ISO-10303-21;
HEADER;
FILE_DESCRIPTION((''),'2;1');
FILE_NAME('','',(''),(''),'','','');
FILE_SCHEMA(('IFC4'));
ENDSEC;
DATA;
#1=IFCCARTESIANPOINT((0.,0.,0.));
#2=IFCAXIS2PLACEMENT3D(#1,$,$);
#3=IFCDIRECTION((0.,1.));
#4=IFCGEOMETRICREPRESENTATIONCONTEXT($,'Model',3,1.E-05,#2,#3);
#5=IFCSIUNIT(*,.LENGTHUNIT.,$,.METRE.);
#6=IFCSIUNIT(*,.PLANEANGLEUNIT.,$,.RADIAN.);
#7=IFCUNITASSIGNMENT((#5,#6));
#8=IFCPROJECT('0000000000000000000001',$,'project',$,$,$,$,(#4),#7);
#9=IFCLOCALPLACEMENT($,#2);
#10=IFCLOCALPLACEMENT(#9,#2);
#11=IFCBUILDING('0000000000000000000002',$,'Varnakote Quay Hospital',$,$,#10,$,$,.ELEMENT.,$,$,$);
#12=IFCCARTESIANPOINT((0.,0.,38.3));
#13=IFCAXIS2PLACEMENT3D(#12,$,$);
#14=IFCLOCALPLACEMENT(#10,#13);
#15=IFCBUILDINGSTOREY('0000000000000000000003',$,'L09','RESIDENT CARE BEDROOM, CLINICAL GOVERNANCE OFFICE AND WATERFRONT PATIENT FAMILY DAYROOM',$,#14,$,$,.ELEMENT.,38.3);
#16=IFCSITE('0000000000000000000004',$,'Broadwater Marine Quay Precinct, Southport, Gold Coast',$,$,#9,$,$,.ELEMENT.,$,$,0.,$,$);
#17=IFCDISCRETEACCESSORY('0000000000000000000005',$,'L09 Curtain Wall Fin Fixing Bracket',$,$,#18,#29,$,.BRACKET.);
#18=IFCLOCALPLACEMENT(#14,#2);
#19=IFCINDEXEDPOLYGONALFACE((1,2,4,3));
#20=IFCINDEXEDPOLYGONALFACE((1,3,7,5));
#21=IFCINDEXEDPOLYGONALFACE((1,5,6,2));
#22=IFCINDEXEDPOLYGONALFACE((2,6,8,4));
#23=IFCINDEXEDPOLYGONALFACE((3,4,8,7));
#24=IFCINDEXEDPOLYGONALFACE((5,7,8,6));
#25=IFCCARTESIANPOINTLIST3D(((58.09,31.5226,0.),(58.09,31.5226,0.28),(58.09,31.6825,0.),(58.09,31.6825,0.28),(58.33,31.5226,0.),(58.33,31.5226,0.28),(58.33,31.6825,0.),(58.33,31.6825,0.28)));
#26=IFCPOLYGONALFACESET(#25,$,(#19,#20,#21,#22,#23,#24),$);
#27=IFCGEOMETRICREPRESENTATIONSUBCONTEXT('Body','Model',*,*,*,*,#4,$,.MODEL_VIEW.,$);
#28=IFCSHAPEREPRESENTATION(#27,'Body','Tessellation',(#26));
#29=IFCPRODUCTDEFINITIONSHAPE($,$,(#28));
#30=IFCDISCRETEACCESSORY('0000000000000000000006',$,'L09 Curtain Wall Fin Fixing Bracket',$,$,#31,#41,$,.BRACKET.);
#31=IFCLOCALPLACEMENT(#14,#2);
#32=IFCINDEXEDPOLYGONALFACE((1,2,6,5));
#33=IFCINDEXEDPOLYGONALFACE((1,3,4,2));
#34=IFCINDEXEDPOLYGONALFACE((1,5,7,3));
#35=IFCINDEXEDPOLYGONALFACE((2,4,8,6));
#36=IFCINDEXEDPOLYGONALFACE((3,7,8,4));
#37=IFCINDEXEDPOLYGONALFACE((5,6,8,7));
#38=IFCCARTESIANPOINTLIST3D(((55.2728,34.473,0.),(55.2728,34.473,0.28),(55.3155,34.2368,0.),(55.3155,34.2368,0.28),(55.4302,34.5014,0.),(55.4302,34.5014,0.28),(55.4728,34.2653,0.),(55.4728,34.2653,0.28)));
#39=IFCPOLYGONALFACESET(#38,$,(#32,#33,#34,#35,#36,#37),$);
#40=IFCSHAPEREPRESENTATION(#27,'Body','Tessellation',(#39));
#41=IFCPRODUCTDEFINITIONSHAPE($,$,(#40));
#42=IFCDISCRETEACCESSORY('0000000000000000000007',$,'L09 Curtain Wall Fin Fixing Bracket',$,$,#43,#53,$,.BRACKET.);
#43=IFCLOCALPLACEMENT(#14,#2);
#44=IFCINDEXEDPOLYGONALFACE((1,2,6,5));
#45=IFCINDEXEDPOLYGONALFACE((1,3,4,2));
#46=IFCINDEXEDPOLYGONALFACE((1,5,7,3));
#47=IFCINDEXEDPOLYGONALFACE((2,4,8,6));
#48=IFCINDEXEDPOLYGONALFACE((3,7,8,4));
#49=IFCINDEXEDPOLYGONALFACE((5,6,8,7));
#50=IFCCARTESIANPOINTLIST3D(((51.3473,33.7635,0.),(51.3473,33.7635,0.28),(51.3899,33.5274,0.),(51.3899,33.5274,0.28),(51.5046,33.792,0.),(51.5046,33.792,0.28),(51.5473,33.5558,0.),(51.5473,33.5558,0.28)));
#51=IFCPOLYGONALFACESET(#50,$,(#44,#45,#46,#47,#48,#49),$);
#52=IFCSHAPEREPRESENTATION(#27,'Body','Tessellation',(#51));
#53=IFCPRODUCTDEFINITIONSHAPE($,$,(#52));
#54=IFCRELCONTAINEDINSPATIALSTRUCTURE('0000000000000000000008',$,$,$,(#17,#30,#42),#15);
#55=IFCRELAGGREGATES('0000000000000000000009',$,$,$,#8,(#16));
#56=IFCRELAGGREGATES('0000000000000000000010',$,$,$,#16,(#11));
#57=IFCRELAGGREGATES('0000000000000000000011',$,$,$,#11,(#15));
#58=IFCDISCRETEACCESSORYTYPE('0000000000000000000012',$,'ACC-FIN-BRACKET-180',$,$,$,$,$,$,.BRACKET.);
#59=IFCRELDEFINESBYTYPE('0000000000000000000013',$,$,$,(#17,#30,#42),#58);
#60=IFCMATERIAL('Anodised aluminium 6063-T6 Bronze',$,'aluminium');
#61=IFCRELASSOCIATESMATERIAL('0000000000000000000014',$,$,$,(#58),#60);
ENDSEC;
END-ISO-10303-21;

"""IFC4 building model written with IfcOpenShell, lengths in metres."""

from ifc_helpers import new_model, si_unit, direction, frame, origin, origin_2d, place, context, subcontext, project, spatial, rectangle, extrude, material, type_object, element, save


model = new_model("IFC4")

# Units and contexts
model_context = context("Model", 3, precision=1e-05, world=origin(), true_north=direction((0.0, 1.0)))
body_context = subcontext(model_context, "Body", "Model", "MODEL_VIEW")
ifc_project = project(units=[si_unit("LENGTHUNIT", "METRE"), si_unit("PLANEANGLEUNIT", "RADIAN")], contexts=[model_context])

# Site, building, storey
site_placement = place(None, origin())
site = spatial("IfcSite", under=ifc_project, at=site_placement, Name="Broadwater Marine Quay Precinct, Southport, Gold Coast", CompositionType="ELEMENT", RefElevation=0.0)
building_placement = place(site_placement, origin())
building = spatial("IfcBuilding", under=site, at=building_placement, Name="Varnakote Quay Hospital", CompositionType="ELEMENT")
storey_placement = place(building_placement, frame((0.0, 0.0, 38.3)))
storey = spatial("IfcBuildingStorey", under=building, at=storey_placement, Name="L09", Description="RESIDENT CARE BEDROOM, CLINICAL GOVERNANCE OFFICE AND WATERFRONT PATIENT FAMILY DAYROOM", CompositionType="ELEMENT", Elevation=38.3)

# Discrete accessories
ifc_material_1 = material(Name="Anodised aluminium 6063-T6 Bronze", Category="aluminium")
discrete_accessory_type = type_object("IfcDiscreteAccessoryType", Name="ACC-FIN-BRACKET-180", PredefinedType="BRACKET", material=ifc_material_1)
for number, where, z_axis, x_axis, name in (
    (1, (58.21, 31.6025, 0.0), (0.0, 0.0, 1.0), (0.0, 1.0, 0.0), "L09 Curtain Wall Fin Fixing Bracket"),
    (2, (55.3728, 34.3691, 0.0), (0.0, 0.0, 1.0), (-0.984072, -0.177772, 0.0), "L09 Curtain Wall Fin Fixing Bracket"),
    (3, (51.4473, 33.6597, 0.0), (0.0, 0.0, 1.0), (-0.984072, -0.177772, 0.0), "L09 Curtain Wall Fin Fixing Bracket"),
):
    element("IfcDiscreteAccessory", number, at=place(storey_placement, frame(where, z_axis=z_axis, x_axis=x_axis)), inside=storey, type_object=discrete_accessory_type, Name=name, PredefinedType="BRACKET", context=body_context, shape_type="SweptSolid", body=[
        extrude(rectangle(XDim=0.1599, YDim=0.24, at=origin_2d()), origin(), (0.0, 0.0, 1.0), 0.28),
    ])

save(model, "model.ifc")
